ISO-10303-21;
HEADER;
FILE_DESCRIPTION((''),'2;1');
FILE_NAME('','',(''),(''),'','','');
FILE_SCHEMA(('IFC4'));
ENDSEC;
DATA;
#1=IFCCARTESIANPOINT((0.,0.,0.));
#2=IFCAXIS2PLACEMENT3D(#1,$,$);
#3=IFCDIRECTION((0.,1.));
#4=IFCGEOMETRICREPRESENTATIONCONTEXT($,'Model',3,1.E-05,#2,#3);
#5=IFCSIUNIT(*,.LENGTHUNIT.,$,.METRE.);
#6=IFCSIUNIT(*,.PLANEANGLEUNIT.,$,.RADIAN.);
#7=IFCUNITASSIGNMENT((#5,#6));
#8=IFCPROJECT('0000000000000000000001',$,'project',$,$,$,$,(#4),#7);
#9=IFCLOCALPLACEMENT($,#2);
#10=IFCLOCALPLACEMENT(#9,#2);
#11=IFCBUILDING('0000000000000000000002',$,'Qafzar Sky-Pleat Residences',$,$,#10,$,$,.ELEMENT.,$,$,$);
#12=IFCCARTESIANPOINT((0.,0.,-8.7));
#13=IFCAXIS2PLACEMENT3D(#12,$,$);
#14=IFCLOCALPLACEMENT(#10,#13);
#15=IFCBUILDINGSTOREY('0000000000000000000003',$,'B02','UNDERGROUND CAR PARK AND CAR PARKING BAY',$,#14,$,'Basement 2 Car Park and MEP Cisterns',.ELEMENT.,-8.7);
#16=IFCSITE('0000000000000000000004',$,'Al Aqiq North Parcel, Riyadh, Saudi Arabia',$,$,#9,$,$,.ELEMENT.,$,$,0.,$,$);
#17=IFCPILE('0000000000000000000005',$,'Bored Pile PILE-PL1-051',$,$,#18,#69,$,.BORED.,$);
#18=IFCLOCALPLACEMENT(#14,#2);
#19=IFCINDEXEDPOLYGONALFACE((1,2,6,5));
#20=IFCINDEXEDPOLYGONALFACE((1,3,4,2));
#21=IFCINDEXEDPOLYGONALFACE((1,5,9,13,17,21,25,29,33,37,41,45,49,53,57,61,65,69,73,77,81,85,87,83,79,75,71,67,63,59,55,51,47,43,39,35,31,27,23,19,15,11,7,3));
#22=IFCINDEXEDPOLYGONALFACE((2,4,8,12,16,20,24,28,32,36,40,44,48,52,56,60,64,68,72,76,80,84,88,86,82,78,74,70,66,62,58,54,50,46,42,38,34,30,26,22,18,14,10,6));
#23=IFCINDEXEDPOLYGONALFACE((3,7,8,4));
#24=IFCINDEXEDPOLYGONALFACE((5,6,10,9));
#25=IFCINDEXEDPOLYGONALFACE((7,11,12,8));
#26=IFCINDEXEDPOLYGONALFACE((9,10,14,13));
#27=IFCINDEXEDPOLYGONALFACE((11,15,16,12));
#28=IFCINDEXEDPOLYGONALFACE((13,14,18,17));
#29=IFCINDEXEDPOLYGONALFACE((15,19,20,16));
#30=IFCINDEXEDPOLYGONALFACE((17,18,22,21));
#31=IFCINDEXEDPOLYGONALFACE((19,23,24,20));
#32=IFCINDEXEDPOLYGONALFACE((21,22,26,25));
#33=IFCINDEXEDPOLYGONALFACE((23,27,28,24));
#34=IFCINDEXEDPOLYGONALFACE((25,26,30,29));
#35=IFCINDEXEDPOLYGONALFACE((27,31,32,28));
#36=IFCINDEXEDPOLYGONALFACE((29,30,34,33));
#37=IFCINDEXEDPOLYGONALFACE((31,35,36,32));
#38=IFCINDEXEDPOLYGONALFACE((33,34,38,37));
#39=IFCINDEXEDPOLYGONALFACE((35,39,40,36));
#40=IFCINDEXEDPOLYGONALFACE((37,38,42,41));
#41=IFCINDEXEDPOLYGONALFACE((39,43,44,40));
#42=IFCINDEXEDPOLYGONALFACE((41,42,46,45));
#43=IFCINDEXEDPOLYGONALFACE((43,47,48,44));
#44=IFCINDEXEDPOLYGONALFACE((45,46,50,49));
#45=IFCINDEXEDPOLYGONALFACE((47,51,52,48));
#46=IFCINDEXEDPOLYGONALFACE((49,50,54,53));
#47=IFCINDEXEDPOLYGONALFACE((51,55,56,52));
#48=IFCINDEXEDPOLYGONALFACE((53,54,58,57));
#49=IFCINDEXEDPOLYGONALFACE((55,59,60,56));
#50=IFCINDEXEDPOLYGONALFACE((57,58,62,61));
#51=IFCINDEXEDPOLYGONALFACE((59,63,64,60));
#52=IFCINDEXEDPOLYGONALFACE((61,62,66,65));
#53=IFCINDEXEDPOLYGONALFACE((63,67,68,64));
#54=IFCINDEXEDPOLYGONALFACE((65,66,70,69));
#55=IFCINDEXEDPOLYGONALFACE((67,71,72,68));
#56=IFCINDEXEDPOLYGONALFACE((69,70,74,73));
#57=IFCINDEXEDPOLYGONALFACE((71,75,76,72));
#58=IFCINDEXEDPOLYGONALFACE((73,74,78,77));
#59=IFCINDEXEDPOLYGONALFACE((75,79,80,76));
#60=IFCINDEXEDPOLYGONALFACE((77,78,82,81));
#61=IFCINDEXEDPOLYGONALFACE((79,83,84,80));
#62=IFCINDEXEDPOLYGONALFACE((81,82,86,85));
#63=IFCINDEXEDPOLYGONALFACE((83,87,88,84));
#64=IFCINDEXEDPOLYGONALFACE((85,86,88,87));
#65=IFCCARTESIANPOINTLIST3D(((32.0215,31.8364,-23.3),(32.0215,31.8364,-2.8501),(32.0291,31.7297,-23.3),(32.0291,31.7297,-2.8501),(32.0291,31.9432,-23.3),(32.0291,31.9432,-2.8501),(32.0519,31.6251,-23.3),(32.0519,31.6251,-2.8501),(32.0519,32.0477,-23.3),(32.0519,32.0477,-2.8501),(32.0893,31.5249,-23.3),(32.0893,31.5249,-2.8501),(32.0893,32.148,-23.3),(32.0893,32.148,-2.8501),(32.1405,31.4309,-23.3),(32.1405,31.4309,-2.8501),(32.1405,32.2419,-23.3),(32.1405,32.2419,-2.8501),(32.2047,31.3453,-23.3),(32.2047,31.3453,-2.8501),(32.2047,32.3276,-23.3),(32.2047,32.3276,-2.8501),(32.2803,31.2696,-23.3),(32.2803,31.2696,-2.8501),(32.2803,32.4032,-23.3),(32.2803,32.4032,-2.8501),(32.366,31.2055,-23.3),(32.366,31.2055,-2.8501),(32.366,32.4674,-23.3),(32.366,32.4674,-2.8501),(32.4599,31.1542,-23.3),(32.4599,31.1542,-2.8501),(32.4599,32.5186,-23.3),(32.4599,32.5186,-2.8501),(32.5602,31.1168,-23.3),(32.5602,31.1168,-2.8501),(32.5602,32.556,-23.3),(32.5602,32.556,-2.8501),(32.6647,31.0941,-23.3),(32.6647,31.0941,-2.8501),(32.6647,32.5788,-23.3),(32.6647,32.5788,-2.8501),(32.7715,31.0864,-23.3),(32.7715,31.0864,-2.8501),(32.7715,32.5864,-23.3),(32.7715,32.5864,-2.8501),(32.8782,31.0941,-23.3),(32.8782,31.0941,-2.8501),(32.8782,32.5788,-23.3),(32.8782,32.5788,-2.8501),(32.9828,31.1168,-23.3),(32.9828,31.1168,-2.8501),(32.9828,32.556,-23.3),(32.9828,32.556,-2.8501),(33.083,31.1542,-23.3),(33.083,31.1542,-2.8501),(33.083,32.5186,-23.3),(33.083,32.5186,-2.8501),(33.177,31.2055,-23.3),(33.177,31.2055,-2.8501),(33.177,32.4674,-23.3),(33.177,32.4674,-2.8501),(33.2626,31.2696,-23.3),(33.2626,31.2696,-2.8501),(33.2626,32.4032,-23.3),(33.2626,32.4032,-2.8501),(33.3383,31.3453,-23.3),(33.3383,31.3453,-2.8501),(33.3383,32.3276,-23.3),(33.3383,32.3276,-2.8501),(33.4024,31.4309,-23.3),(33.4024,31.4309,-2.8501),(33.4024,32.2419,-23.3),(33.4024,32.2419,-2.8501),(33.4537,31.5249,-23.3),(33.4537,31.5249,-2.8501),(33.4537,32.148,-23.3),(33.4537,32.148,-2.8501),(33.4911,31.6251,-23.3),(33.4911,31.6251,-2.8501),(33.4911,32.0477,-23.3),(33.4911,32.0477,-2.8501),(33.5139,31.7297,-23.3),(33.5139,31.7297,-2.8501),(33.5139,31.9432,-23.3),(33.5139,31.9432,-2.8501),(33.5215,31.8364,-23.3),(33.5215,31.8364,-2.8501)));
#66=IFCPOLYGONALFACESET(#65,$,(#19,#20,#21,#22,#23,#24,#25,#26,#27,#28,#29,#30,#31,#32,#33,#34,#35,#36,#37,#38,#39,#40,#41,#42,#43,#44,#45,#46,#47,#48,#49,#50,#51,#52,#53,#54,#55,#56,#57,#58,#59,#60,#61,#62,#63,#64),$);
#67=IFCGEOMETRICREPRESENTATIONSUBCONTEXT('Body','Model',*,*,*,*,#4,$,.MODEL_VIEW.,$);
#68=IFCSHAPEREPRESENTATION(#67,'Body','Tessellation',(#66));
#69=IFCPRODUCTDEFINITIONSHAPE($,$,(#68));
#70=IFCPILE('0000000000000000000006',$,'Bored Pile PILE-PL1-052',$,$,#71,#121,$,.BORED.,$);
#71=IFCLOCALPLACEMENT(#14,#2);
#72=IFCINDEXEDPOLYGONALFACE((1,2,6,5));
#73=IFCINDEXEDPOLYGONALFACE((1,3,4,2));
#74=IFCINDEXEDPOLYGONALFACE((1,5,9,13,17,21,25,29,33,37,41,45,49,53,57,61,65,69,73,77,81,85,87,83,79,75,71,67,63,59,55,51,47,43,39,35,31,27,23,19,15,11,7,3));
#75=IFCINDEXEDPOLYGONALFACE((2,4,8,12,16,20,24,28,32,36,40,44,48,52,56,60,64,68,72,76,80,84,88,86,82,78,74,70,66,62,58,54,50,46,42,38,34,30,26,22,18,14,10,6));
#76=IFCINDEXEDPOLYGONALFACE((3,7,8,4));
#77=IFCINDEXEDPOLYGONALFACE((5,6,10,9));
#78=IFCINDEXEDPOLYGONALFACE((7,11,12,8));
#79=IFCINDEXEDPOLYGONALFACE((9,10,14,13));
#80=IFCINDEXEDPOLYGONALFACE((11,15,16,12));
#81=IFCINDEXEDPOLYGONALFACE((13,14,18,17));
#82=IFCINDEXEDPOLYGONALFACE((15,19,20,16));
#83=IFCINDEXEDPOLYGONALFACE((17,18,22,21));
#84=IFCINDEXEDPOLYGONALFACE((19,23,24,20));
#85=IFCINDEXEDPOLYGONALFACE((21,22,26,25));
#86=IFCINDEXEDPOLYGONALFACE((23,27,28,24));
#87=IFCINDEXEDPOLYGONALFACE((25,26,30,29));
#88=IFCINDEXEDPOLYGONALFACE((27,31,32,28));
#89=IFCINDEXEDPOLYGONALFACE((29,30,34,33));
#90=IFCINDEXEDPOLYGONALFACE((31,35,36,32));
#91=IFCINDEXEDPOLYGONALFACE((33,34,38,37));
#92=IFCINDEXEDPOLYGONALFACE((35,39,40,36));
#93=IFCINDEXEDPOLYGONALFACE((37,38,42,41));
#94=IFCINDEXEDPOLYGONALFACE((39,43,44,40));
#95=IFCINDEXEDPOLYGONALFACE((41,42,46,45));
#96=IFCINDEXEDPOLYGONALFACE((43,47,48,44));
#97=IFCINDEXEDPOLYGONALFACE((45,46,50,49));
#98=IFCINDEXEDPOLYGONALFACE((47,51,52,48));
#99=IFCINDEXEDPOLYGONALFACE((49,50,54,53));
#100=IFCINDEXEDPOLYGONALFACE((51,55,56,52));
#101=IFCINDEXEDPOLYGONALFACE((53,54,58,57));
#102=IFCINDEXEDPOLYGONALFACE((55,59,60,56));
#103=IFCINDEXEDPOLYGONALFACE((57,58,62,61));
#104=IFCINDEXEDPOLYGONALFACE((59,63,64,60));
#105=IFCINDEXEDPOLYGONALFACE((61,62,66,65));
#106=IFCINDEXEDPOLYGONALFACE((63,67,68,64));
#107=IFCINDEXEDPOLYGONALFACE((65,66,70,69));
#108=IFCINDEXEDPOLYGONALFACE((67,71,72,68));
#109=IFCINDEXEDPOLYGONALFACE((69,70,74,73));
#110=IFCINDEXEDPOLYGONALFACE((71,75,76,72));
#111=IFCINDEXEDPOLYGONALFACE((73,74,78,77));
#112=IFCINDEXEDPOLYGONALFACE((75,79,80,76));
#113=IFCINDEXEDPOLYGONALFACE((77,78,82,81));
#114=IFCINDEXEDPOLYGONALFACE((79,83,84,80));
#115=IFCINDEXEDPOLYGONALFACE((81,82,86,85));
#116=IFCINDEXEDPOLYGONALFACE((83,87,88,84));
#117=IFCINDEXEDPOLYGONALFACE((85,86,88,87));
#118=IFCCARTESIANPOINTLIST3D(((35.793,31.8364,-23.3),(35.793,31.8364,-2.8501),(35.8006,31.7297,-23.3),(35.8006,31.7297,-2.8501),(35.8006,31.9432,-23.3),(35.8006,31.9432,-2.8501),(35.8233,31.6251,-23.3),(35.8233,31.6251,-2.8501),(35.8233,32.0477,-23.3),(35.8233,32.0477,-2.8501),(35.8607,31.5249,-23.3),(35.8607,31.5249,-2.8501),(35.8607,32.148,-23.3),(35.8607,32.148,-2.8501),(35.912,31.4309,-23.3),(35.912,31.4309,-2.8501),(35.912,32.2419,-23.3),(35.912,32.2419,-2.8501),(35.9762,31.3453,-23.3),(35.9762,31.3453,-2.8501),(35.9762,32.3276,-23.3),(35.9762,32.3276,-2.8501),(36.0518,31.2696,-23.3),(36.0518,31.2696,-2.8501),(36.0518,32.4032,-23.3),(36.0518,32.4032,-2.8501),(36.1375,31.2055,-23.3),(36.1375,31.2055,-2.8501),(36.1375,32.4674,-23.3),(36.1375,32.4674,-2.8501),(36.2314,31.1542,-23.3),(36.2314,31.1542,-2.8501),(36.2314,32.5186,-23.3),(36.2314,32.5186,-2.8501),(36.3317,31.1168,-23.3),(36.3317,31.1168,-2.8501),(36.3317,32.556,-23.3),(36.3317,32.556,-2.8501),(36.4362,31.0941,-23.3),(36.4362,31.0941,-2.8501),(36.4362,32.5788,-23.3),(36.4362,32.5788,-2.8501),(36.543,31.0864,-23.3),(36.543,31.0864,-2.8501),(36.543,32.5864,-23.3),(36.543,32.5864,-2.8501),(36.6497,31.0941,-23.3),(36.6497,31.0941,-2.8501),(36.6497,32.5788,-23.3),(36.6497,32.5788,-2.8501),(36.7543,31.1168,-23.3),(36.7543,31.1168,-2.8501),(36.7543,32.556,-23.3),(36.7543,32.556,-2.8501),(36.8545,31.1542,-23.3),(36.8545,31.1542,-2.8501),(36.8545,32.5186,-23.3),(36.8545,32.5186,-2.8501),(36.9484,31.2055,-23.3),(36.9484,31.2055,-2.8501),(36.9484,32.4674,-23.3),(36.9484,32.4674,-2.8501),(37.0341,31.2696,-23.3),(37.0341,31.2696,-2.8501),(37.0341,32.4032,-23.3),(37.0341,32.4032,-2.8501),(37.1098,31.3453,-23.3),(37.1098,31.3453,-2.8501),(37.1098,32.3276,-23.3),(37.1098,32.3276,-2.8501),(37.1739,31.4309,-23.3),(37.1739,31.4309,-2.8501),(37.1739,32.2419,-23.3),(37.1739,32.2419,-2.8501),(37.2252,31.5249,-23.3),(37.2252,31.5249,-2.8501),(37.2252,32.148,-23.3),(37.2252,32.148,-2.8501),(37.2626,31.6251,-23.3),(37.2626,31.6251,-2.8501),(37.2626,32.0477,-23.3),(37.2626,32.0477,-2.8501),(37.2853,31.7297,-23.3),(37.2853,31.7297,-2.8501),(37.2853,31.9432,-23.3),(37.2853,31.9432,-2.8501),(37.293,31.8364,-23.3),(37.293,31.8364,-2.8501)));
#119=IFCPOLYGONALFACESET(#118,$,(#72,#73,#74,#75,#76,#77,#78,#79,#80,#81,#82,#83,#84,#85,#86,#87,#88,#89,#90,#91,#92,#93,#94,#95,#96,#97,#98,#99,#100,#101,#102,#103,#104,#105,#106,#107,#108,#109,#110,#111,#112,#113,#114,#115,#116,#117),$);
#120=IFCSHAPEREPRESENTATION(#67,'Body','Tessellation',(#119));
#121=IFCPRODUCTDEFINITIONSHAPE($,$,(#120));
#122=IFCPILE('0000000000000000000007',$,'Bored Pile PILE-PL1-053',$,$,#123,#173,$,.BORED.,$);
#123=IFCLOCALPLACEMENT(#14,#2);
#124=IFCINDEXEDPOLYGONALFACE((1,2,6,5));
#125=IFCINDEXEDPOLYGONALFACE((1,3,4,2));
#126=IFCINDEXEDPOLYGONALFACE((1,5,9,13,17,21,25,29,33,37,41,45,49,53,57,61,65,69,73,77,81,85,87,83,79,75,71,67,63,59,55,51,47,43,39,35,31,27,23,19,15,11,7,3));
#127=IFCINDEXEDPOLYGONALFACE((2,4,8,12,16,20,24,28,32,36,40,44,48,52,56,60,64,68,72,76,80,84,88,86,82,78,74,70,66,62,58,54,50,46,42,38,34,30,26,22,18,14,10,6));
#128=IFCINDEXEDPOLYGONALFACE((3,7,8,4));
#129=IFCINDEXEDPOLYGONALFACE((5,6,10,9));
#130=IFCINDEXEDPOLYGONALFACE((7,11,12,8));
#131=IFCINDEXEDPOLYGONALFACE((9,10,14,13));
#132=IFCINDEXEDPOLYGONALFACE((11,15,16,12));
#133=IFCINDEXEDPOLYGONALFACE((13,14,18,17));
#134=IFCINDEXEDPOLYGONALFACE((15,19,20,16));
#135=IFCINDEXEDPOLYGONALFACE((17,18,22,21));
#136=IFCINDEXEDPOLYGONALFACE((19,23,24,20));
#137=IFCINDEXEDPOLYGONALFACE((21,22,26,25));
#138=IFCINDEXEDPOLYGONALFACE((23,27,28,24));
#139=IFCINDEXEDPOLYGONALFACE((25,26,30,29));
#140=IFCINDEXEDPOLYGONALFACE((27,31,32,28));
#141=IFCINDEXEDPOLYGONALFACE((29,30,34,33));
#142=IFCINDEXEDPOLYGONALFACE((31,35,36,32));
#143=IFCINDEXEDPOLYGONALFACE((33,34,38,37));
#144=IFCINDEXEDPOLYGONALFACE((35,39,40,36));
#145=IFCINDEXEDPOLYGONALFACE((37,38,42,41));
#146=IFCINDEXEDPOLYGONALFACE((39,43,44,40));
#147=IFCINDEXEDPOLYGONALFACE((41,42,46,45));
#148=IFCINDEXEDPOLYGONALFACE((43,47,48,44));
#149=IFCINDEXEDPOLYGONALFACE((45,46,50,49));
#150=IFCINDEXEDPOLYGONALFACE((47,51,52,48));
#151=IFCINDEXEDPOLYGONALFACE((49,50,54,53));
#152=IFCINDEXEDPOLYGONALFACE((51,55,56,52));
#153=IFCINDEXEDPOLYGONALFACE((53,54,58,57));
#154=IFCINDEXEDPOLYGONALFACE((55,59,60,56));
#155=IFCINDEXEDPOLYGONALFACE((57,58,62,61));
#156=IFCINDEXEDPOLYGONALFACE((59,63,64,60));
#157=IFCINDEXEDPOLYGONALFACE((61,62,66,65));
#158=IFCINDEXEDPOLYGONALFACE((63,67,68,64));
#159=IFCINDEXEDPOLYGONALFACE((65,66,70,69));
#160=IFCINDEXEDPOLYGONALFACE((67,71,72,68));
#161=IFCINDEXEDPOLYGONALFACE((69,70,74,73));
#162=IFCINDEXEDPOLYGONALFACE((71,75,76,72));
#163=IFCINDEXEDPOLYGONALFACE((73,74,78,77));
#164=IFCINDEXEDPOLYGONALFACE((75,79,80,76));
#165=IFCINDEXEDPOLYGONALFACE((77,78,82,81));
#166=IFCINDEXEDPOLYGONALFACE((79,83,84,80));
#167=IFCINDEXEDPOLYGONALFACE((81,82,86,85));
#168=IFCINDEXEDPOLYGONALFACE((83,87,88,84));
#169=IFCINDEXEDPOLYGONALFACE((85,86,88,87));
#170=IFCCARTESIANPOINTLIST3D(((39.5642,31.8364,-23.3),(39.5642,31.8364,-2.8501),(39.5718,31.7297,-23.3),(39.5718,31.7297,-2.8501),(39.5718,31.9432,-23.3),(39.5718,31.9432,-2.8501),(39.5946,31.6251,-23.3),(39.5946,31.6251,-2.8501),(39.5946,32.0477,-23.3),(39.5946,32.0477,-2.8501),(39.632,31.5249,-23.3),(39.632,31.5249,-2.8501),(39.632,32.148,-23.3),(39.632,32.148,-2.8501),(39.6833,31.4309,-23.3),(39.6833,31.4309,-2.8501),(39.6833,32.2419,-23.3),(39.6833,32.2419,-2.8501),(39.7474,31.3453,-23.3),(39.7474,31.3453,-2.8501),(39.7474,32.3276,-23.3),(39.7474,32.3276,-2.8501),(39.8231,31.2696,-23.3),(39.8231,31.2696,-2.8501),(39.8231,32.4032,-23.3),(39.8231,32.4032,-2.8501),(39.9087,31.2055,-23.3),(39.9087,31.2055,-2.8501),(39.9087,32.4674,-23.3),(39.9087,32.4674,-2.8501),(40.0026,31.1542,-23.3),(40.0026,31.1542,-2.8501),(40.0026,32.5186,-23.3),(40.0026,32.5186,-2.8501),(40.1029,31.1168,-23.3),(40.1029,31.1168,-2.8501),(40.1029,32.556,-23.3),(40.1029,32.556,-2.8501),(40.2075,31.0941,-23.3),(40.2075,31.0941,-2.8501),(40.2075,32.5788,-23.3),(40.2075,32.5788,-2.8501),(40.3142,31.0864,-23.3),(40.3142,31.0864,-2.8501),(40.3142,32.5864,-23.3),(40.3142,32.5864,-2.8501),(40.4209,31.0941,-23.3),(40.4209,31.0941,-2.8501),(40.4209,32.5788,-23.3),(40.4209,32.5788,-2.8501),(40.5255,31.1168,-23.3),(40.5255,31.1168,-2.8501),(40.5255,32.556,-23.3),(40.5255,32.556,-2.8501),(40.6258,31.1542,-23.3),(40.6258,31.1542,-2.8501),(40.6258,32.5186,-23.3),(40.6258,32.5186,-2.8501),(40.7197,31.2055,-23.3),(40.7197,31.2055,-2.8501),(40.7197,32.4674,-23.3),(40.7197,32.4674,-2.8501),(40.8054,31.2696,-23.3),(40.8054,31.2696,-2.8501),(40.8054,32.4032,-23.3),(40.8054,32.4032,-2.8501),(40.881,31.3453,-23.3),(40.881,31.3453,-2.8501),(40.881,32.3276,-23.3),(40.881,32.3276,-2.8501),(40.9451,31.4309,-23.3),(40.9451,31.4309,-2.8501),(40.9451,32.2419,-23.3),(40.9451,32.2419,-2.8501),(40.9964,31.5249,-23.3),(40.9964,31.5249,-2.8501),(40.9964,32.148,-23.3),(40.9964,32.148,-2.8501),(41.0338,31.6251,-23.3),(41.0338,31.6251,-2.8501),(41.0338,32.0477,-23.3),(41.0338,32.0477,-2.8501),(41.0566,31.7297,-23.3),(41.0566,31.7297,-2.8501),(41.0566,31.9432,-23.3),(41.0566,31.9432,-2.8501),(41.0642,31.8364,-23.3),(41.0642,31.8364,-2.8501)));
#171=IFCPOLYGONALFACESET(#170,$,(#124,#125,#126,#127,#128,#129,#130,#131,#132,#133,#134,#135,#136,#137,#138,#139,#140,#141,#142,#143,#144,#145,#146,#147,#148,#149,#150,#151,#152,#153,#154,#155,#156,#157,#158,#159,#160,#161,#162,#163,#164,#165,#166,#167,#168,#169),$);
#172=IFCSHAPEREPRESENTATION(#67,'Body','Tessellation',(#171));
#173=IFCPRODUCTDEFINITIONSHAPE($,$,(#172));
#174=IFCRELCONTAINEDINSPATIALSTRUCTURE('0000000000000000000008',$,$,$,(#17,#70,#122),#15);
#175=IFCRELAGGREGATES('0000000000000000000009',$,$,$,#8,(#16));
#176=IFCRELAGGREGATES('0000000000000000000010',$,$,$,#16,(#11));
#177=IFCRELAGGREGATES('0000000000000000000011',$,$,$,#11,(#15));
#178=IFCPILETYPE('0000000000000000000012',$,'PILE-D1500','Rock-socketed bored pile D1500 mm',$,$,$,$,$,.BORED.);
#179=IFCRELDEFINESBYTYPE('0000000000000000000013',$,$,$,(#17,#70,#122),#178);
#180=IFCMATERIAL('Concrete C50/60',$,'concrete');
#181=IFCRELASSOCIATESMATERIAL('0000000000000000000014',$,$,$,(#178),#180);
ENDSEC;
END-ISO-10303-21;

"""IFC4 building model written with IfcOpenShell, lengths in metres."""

from ifc_helpers import new_model, si_unit, direction, frame, origin, origin_2d, place, context, subcontext, project, spatial, circle, extrude, source, transform, mapped, material, material_profile, profile_set, type_object, element, save


model = new_model("IFC4")

# Units and contexts
model_context = context("Model", 3, precision=1e-05, world=origin(), true_north=direction((0.0, 1.0)))
body_context = subcontext(model_context, "Body", "Model", "MODEL_VIEW")
ifc_project = project(units=[si_unit("LENGTHUNIT", "METRE"), si_unit("PLANEANGLEUNIT", "RADIAN")], contexts=[model_context])

# Site, building, storey
site_placement = place(None, origin())
site = spatial("IfcSite", under=ifc_project, at=site_placement, Name="Al Aqiq North Parcel, Riyadh, Saudi Arabia", CompositionType="ELEMENT", RefElevation=0.0)
building_placement = place(site_placement, origin())
building = spatial("IfcBuilding", under=site, at=building_placement, Name="Qafzar Sky-Pleat Residences", CompositionType="ELEMENT")
storey_placement = place(building_placement, frame((0.0, 0.0, -8.7)))
storey = spatial("IfcBuildingStorey", under=building, at=storey_placement, Name="B02", Description="UNDERGROUND CAR PARK AND CAR PARKING BAY", LongName="Basement 2 Car Park and MEP Cisterns", CompositionType="ELEMENT", Elevation=-8.7)

# Piles
ifc_material_1 = material(Name="Concrete C50/60", Category="concrete")
ifc_material_profile_1 = material_profile(ifc_material_1, circle(Radius=0.75, at=origin_2d()), Name="PILE D1500")
ifc_profile_set_1 = profile_set([ifc_material_profile_1], Name="Concrete C50/60")
pile_type = type_object("IfcPileType", Name="PILE-D1500", Description="Rock-socketed bored pile D1500 mm", PredefinedType="BORED", material=ifc_profile_set_1)
shared_shape_1 = source(origin(), body_context, "Body", "SweptSolid", [
    extrude(circle(Radius=0.75, at=origin_2d()), origin(), (0.0, 0.0, 1.0), 20.45),
])
for number, where, z_axis, x_axis, name in (
    (1, (32.7715, 31.8364, -2.8501), (0.0, 0.0, -1.0), (1.0, 0.0, 0.0), "Bored Pile PILE-PL1-051"),
    (2, (36.543, 31.8364, -2.8501), (0.0, 0.0, -1.0), (1.0, 0.0, 0.0), "Bored Pile PILE-PL1-052"),
    (3, (40.3142, 31.8364, -2.8501), (0.0, 0.0, -1.0), (1.0, 0.0, 0.0), "Bored Pile PILE-PL1-053"),
):
    element("IfcPile", number, at=place(storey_placement, frame(where, z_axis=z_axis, x_axis=x_axis)), inside=storey, type_object=pile_type, Name=name, PredefinedType="BORED", context=body_context, shape_type="MappedRepresentation", body=[
        mapped(shared_shape_1, transform((0.0, 0.0, 0.0), x_axis=(1.0, 0.0, 0.0), y_axis=(0.0, 1.0, 0.0), z_axis=(0.0, 0.0, 1.0), scale=1.0)),
    ])

save(model, "model.ifc")
